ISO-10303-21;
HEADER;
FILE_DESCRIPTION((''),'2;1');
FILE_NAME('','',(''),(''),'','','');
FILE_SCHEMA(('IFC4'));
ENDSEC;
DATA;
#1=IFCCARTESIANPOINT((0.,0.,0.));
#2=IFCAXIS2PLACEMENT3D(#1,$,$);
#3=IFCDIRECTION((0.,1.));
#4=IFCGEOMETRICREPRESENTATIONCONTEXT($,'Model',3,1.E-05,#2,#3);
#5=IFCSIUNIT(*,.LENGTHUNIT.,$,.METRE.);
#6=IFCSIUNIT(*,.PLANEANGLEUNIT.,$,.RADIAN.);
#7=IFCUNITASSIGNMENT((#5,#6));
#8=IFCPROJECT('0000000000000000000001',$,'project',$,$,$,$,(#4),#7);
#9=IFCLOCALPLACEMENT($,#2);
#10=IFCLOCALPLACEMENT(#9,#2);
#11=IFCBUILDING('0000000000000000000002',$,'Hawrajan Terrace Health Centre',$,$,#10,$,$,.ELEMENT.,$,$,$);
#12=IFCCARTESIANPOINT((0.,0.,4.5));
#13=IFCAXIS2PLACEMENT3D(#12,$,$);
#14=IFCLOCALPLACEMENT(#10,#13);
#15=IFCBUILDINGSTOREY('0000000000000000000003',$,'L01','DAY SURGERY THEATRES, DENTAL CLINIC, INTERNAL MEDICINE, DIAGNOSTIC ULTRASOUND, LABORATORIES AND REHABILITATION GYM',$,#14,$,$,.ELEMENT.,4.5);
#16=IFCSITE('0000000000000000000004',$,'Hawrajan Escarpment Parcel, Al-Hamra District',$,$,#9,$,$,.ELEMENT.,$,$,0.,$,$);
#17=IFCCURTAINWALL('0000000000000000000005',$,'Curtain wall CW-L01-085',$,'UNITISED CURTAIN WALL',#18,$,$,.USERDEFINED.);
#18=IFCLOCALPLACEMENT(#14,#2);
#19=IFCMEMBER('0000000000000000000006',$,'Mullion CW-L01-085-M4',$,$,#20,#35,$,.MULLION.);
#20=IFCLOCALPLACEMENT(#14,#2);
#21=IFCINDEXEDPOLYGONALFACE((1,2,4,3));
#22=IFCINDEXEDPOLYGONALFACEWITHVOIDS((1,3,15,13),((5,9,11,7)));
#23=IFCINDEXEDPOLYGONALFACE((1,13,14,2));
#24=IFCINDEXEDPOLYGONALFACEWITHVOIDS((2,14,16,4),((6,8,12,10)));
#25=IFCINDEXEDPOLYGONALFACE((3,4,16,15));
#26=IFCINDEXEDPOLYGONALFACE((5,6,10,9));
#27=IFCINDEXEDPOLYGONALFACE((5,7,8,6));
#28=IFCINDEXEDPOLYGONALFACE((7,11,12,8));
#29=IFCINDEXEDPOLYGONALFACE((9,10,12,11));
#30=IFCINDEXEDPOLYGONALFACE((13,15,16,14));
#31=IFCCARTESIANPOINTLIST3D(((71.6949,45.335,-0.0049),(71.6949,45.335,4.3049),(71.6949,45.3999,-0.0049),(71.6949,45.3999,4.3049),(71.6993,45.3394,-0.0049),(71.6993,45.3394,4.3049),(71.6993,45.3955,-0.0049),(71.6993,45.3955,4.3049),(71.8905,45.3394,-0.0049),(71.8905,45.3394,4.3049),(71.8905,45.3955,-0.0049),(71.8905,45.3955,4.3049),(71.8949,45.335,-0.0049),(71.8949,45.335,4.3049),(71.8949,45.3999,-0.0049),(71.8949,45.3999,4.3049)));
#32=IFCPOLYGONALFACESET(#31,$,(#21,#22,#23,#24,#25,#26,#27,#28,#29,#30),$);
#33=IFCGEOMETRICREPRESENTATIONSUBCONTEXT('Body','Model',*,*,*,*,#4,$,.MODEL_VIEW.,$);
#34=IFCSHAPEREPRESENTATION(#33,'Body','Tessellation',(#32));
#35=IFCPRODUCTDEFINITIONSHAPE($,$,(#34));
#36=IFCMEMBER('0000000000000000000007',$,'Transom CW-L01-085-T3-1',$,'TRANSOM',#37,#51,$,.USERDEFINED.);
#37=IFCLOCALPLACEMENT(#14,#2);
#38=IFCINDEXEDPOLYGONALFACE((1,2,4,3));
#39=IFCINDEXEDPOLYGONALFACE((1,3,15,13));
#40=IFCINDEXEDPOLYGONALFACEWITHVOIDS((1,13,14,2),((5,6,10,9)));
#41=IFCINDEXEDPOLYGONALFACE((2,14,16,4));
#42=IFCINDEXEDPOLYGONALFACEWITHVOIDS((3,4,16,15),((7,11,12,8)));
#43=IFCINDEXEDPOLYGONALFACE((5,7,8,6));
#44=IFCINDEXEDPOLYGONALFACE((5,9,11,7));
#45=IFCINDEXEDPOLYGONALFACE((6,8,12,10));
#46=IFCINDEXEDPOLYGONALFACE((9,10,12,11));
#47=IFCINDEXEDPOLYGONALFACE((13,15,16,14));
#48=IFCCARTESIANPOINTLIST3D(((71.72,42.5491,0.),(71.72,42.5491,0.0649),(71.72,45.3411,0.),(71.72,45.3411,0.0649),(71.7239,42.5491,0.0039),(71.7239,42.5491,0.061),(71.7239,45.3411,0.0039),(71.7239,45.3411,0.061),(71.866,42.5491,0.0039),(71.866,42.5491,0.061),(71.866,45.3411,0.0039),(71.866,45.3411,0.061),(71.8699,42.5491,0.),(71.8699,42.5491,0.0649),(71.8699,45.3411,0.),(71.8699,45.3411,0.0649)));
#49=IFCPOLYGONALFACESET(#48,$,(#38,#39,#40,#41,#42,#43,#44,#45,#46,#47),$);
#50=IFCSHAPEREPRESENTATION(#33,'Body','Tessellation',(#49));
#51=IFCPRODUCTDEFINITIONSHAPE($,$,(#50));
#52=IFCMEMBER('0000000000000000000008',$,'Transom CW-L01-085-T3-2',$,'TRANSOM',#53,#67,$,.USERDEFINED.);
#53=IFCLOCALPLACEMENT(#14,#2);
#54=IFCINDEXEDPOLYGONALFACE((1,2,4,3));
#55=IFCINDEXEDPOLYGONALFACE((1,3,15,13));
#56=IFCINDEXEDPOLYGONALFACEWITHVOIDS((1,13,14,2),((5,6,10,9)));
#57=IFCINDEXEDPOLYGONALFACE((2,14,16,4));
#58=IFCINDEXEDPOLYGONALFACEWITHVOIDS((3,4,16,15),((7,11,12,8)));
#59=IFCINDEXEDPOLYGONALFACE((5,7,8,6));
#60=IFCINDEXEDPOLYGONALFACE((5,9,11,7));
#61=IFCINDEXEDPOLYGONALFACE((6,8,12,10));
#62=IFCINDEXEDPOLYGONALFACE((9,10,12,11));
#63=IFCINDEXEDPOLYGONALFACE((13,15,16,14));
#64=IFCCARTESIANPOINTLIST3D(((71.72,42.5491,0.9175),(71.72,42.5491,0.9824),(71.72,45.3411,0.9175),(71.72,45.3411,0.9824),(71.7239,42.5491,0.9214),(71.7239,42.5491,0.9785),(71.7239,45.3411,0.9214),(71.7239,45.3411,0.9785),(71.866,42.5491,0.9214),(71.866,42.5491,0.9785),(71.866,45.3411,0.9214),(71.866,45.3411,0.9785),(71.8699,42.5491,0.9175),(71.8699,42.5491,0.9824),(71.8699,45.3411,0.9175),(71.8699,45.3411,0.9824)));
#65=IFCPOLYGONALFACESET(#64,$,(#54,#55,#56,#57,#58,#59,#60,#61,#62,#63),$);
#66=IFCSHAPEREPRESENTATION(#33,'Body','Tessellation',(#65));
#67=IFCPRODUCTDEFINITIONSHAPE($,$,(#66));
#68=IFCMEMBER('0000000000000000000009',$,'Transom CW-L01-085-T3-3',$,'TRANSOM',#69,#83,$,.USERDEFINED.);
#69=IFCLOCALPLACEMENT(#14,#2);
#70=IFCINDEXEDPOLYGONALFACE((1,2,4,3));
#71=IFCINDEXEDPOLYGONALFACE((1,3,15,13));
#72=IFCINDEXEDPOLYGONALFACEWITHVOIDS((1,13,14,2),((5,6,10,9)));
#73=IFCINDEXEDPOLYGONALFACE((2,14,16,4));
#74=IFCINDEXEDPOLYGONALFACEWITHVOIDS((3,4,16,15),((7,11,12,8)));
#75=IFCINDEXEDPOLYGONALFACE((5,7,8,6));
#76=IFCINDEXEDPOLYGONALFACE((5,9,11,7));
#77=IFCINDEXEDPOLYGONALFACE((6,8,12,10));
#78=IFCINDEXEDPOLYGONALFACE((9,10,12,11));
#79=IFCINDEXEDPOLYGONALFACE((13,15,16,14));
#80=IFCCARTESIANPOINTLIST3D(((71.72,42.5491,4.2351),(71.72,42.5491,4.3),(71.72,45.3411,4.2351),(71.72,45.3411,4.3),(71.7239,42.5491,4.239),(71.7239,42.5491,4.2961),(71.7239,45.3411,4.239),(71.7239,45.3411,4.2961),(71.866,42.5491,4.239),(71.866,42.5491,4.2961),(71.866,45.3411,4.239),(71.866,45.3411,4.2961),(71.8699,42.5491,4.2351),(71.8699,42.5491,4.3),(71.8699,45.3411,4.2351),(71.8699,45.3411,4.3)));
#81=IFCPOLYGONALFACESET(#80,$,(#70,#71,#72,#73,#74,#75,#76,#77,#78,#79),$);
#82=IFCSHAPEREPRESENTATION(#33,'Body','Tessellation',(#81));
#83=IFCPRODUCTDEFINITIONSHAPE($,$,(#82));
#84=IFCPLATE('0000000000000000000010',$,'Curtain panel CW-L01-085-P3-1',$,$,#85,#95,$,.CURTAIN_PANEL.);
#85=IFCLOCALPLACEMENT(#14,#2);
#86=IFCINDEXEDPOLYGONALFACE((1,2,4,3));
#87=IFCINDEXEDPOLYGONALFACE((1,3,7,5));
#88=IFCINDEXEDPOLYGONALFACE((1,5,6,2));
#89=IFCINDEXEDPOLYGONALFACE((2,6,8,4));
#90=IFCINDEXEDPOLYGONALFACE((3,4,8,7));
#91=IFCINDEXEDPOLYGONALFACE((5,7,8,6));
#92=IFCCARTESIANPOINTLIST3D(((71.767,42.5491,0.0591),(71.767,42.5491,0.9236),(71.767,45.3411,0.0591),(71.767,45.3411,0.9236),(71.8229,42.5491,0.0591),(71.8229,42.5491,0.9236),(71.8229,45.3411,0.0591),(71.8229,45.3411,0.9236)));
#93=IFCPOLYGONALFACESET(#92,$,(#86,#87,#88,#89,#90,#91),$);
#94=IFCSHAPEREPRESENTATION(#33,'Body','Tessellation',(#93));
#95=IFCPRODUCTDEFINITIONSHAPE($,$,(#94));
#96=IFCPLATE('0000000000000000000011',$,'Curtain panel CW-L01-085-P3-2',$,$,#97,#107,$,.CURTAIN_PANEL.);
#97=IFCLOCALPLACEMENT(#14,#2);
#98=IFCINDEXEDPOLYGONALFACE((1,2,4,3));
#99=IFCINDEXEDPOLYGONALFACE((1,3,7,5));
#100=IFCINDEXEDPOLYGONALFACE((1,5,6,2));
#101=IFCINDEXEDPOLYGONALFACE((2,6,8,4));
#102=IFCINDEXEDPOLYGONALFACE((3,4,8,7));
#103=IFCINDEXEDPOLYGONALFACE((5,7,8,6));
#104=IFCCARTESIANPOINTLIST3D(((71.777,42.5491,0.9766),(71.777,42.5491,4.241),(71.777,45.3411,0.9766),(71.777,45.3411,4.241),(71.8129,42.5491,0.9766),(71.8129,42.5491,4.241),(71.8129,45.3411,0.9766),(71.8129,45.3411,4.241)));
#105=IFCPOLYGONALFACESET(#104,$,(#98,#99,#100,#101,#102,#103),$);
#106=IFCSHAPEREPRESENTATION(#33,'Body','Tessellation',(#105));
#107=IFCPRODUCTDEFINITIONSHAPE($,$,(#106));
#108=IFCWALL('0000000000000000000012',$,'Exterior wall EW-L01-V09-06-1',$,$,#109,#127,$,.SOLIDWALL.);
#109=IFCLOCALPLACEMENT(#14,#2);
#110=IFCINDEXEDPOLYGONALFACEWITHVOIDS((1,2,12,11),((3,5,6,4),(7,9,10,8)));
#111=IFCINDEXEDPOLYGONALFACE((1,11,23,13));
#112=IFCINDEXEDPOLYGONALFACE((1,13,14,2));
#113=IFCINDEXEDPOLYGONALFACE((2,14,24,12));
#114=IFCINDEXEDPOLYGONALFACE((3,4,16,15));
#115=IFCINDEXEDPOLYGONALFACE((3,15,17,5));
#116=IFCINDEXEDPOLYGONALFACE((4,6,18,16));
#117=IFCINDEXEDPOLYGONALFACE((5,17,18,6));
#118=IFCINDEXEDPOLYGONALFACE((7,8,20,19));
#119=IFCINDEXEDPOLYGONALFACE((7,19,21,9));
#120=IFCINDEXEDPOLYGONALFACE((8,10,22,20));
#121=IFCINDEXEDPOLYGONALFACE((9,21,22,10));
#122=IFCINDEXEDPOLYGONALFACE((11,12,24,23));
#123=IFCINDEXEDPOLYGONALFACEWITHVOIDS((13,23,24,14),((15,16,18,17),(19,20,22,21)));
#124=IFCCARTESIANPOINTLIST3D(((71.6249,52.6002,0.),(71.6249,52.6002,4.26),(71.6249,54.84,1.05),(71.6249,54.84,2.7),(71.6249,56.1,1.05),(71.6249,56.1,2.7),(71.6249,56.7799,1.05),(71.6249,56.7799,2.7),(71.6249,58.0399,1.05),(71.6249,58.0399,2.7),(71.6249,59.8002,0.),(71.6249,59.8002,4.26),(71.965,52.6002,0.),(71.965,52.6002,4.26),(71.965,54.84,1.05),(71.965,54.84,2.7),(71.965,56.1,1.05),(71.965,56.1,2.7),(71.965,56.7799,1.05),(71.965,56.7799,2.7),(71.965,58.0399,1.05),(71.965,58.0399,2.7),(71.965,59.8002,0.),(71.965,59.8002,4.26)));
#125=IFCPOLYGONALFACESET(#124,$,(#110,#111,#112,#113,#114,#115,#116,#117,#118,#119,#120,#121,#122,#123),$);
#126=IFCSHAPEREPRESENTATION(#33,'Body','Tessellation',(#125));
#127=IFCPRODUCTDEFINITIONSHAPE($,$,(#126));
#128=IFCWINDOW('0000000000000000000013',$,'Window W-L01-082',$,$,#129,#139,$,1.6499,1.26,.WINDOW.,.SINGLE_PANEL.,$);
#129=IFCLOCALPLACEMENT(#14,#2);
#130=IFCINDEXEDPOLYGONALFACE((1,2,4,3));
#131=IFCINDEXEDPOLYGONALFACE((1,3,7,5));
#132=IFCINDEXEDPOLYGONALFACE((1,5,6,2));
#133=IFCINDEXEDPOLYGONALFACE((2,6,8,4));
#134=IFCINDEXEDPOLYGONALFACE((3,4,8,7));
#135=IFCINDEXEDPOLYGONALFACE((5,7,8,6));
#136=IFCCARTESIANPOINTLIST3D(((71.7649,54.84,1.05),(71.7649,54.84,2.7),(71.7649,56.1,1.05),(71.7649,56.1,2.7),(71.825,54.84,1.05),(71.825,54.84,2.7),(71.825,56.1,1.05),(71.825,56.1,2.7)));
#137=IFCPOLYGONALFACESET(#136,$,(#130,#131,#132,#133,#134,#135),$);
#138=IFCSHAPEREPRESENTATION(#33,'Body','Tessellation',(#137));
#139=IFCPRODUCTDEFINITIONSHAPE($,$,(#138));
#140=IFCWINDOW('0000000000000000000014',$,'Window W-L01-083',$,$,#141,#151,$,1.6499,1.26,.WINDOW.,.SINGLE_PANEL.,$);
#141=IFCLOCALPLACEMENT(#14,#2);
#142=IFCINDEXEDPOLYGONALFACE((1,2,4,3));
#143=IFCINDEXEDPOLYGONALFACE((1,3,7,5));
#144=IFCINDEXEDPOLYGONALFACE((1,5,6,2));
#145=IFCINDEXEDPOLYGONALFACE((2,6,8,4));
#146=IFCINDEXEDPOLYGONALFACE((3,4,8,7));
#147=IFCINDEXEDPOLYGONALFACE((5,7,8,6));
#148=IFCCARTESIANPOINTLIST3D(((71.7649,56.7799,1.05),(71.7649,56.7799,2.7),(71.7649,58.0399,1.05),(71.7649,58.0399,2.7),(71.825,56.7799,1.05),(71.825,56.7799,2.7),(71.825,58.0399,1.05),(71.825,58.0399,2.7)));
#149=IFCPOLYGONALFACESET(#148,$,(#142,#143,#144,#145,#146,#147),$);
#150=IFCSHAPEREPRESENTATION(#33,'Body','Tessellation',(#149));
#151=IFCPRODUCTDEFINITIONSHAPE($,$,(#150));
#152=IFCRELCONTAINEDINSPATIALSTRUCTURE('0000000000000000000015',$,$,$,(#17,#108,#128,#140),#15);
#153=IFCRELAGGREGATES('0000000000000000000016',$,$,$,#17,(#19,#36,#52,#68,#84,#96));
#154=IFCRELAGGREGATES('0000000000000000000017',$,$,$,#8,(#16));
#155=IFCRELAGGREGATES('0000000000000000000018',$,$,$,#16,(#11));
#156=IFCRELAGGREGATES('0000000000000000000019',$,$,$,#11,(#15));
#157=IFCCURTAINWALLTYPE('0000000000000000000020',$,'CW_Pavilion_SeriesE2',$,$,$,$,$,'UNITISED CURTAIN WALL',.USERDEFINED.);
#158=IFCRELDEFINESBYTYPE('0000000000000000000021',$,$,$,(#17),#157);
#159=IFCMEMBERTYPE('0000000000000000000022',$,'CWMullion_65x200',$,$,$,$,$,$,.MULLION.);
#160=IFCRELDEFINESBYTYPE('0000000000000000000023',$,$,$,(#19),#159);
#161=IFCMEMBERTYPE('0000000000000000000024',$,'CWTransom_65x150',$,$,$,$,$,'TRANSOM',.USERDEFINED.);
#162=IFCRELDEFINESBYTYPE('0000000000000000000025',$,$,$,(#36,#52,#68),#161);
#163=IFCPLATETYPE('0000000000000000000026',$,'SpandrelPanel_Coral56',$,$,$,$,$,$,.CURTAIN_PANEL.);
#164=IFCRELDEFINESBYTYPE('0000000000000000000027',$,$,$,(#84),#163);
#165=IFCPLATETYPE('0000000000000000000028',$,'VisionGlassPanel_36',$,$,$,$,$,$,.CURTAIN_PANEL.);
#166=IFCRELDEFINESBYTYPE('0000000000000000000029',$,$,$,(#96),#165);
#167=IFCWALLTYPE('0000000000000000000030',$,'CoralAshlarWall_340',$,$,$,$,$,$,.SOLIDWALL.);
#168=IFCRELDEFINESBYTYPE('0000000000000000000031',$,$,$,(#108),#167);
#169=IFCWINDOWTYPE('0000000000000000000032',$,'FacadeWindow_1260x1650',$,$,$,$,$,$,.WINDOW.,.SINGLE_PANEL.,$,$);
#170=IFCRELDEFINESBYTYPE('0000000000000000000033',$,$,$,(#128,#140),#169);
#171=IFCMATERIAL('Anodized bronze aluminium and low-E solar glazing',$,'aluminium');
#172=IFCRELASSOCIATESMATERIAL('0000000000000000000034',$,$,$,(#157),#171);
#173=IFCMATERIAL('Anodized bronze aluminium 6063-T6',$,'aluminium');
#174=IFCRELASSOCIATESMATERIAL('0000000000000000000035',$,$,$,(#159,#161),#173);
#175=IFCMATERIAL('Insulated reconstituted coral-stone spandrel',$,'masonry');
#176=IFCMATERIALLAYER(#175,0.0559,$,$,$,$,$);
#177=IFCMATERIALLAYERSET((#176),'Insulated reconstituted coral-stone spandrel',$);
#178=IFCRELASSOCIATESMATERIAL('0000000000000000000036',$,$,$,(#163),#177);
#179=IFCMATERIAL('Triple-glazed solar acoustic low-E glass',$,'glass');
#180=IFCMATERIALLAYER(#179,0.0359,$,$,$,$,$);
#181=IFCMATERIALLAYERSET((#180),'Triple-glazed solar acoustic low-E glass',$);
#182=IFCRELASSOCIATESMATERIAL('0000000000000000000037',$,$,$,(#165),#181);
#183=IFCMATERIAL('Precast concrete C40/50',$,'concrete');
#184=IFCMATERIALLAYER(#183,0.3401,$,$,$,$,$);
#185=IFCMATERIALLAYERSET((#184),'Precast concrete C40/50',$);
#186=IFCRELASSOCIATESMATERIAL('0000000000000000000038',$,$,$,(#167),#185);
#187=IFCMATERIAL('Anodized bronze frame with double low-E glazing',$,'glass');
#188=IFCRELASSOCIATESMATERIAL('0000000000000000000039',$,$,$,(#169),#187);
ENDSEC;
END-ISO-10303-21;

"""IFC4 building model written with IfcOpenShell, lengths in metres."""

from ifc_helpers import new_model, si_unit, direction, frame, frame_2d, origin, origin_2d, place, context, subcontext, project, spatial, rectangle, hollow_rectangle, extrude, material, layer, layer_set, material_profile, profile_set, type_object, element, fill, aggregate, save


model = new_model("IFC4")

# Units and contexts
model_context = context("Model", 3, precision=1e-05, world=origin(), true_north=direction((0.0, 1.0)))
body_context = subcontext(model_context, "Body", "Model", "MODEL_VIEW")
ifc_project = project(units=[si_unit("LENGTHUNIT", "METRE"), si_unit("PLANEANGLEUNIT", "RADIAN")], contexts=[model_context])

# Site, building, storey
site_placement = place(None, origin())
site = spatial("IfcSite", under=ifc_project, at=site_placement, Name="Hawrajan Escarpment Parcel, Al-Hamra District", CompositionType="ELEMENT", RefElevation=0.0)
building_placement = place(site_placement, origin())
building = spatial("IfcBuilding", under=site, at=building_placement, Name="Hawrajan Terrace Health Centre", CompositionType="ELEMENT")
storey_placement = place(building_placement, frame((0.0, 0.0, 4.5)))
storey = spatial("IfcBuildingStorey", under=building, at=storey_placement, Name="L01", Description="DAY SURGERY THEATRES, DENTAL CLINIC, INTERNAL MEDICINE, DIAGNOSTIC ULTRASOUND, LABORATORIES AND REHABILITATION GYM", CompositionType="ELEMENT", Elevation=4.5)

# Curtain wall, members, plates
ifc_material_1 = material(Name="Anodized bronze aluminium and low-E solar glazing", Category="aluminium")
curtain_wall_type = type_object("IfcCurtainWallType", Name="CW_Pavilion_SeriesE2", ElementType="UNITISED CURTAIN WALL", PredefinedType="USERDEFINED", material=ifc_material_1)
curtain_wall_placement = place(storey_placement, origin())
curtain_wall = element("IfcCurtainWall", 1, at=curtain_wall_placement, inside=storey, type_object=curtain_wall_type, Name="Curtain wall CW-L01-085", ObjectType="UNITISED CURTAIN WALL", PredefinedType="USERDEFINED")
ifc_material_2 = material(Name="Anodized bronze aluminium 6063-T6", Category="aluminium")
ifc_material_profile_1 = material_profile(ifc_material_2, hollow_rectangle(XDim=0.0649, YDim=0.2, WallThickness=0.0044, at=origin_2d()), Name="CW MUL 65x200")
ifc_profile_set_1 = profile_set([ifc_material_profile_1], Name="Anodized bronze aluminium 6063-T6")
member_type_1 = type_object("IfcMemberType", Name="CWMullion_65x200", PredefinedType="MULLION", material=ifc_profile_set_1)
member_1_placement = place(storey_placement, frame((71.7949, 45.3674, -0.0049), z_axis=(0.0, 0.0, 1.0), x_axis=(0.0, 1.0, 0.0)))
member_1 = element("IfcMember", 2, at=member_1_placement, type_object=member_type_1, Name="Mullion CW-L01-085-M4", PredefinedType="MULLION", context=body_context, shape_type="SweptSolid", body=[
    extrude(hollow_rectangle(XDim=0.0649, YDim=0.2, WallThickness=0.0044, at=origin_2d()), origin(), (0.0, 0.0, 1.0), 4.3098),
])
ifc_material_profile_2 = material_profile(ifc_material_2, hollow_rectangle(XDim=0.0649, YDim=0.1499, WallThickness=0.0039, at=origin_2d()), Name="CW TRN 65x150")
ifc_profile_set_2 = profile_set([ifc_material_profile_2], Name="Anodized bronze aluminium 6063-T6")
member_type_2 = type_object("IfcMemberType", Name="CWTransom_65x150", ElementType="TRANSOM", PredefinedType="USERDEFINED", material=ifc_profile_set_2)
member_2_placement = place(storey_placement, frame((71.7949, 42.5491, 0.0325), z_axis=(0.0, 1.0, 0.0), x_axis=(0.0, 0.0, 1.0)))
member_2 = element("IfcMember", 3, at=member_2_placement, type_object=member_type_2, Name="Transom CW-L01-085-T3-1", ObjectType="TRANSOM", PredefinedType="USERDEFINED", context=body_context, shape_type="SweptSolid", body=[
    extrude(hollow_rectangle(XDim=0.0649, YDim=0.1499, WallThickness=0.0039, at=origin_2d()), origin(), (0.0, 0.0, 1.0), 2.792),
])
member_3_placement = place(storey_placement, frame((71.7949, 42.5491, 0.95), z_axis=(0.0, 1.0, 0.0), x_axis=(0.0, 0.0, 1.0)))
member_3 = element("IfcMember", 4, at=member_3_placement, type_object=member_type_2, Name="Transom CW-L01-085-T3-2", ObjectType="TRANSOM", PredefinedType="USERDEFINED", context=body_context, shape_type="SweptSolid", body=[
    extrude(hollow_rectangle(XDim=0.0649, YDim=0.1499, WallThickness=0.0039, at=origin_2d()), origin(), (0.0, 0.0, 1.0), 2.792),
])
member_4_placement = place(storey_placement, frame((71.7949, 42.5491, 4.2676), z_axis=(0.0, 1.0, 0.0), x_axis=(0.0, 0.0, 1.0)))
member_4 = element("IfcMember", 5, at=member_4_placement, type_object=member_type_2, Name="Transom CW-L01-085-T3-3", ObjectType="TRANSOM", PredefinedType="USERDEFINED", context=body_context, shape_type="SweptSolid", body=[
    extrude(hollow_rectangle(XDim=0.0649, YDim=0.1499, WallThickness=0.0039, at=origin_2d()), origin(), (0.0, 0.0, 1.0), 2.792),
])
ifc_material_3 = material(Name="Insulated reconstituted coral-stone spandrel", Category="masonry")
ifc_layer_1 = layer(ifc_material_3, 0.0559)
ifc_layer_set_1 = layer_set([ifc_layer_1], Name="Insulated reconstituted coral-stone spandrel")
plate_type_1 = type_object("IfcPlateType", Name="SpandrelPanel_Coral56", PredefinedType="CURTAIN_PANEL", material=ifc_layer_set_1)
plate_1_placement = place(storey_placement, frame((71.7949, 43.9451, 0.0591), z_axis=(0.0, 0.0, 1.0), x_axis=(0.0, 1.0, 0.0)))
plate_1 = element("IfcPlate", 6, at=plate_1_placement, type_object=plate_type_1, Name="Curtain panel CW-L01-085-P3-1", PredefinedType="CURTAIN_PANEL", context=body_context, shape_type="SweptSolid", body=[
    extrude(rectangle(XDim=2.792, YDim=0.0559, at=origin_2d()), origin(), (0.0, 0.0, 1.0), 0.8645),
])
ifc_material_4 = material(Name="Triple-glazed solar acoustic low-E glass", Category="glass")
ifc_layer_2 = layer(ifc_material_4, 0.0359)
ifc_layer_set_2 = layer_set([ifc_layer_2], Name="Triple-glazed solar acoustic low-E glass")
plate_type_2 = type_object("IfcPlateType", Name="VisionGlassPanel_36", PredefinedType="CURTAIN_PANEL", material=ifc_layer_set_2)
plate_2_placement = place(storey_placement, frame((71.7949, 43.9451, 0.9766), z_axis=(0.0, 0.0, 1.0), x_axis=(0.0, 1.0, 0.0)))
plate_2 = element("IfcPlate", 7, at=plate_2_placement, type_object=plate_type_2, Name="Curtain panel CW-L01-085-P3-2", PredefinedType="CURTAIN_PANEL", context=body_context, shape_type="SweptSolid", body=[
    extrude(rectangle(XDim=2.792, YDim=0.0359, at=origin_2d()), origin(), (0.0, 0.0, 1.0), 3.2644),
])
aggregate(curtain_wall, [member_1, member_2, member_3, member_4, plate_1, plate_2])

# Wall, openings, windows
ifc_material_5 = material(Name="Precast concrete C40/50", Category="concrete")
ifc_layer_3 = layer(ifc_material_5, 0.3401)
ifc_layer_set_3 = layer_set([ifc_layer_3], Name="Precast concrete C40/50")
wall_type_1 = type_object("IfcWallType", Name="CoralAshlarWall_340", PredefinedType="SOLIDWALL", material=ifc_layer_set_3)
wall_1_placement = place(storey_placement, frame((71.7949, 52.6001, 0.0), z_axis=(0.0, 0.0, 1.0), x_axis=(0.0, 1.0, 0.0)))
wall_1 = element("IfcWall", 8, at=wall_1_placement, inside=storey, type_object=wall_type_1, Name="Exterior wall EW-L01-V09-06-1", PredefinedType="SOLIDWALL", context=body_context, shape_type="SweptSolid", body=[
    extrude(rectangle(XDim=7.2, YDim=0.3401, at=frame_2d((3.6001, 0.0))), origin(), (0.0, 0.0, 1.0), 4.26),
])
opening_1_placement = place(wall_1_placement, frame((2.24, 0.0, 1.05)))
opening_1 = element("IfcOpeningElement", 9, at=opening_1_placement, cuts=wall_1, PredefinedType="OPENING", context=body_context, shape_type="SweptSolid", body=[
    extrude(rectangle(XDim=1.26, YDim=1.6499, at=frame_2d((0.6299, 0.825))), frame((0.0, 0.1799, 0.0), z_axis=(0.0, -1.0, 0.0), x_axis=(1.0, 0.0, 0.0)), (0.0, 0.0, 1.0), 0.3601),
])
opening_2_placement = place(wall_1_placement, frame((4.1799, 0.0, 1.05)))
opening_2 = element("IfcOpeningElement", 10, at=opening_2_placement, cuts=wall_1, PredefinedType="OPENING", context=body_context, shape_type="SweptSolid", body=[
    extrude(rectangle(XDim=1.26, YDim=1.6499, at=frame_2d((0.6299, 0.825))), frame((0.0, 0.1799, 0.0), z_axis=(0.0, -1.0, 0.0), x_axis=(1.0, 0.0, 0.0)), (0.0, 0.0, 1.0), 0.3601),
])
ifc_material_6 = material(Name="Anodized bronze frame with double low-E glazing", Category="glass")
window_type_1 = type_object("IfcWindowType", Name="FacadeWindow_1260x1650", PartitioningType="SINGLE_PANEL", PredefinedType="WINDOW", material=ifc_material_6)
window_1_placement = place(opening_1_placement, origin())
window_1 = element("IfcWindow", 11, at=window_1_placement, inside=storey, type_object=window_type_1, Name="Window W-L01-082", OverallHeight=1.6499, OverallWidth=1.26, PartitioningType="SINGLE_PANEL", PredefinedType="WINDOW", context=body_context, shape_type="SweptSolid", body=[
    extrude(rectangle(XDim=1.26, YDim=1.6499, at=frame_2d((0.6299, 0.825))), frame((0.0, 0.03, 0.0), z_axis=(0.0, -1.0, 0.0), x_axis=(1.0, 0.0, 0.0)), (0.0, 0.0, 1.0), 0.0601),
])
fill(opening_1, window_1)
window_2_placement = place(opening_2_placement, origin())
window_2 = element("IfcWindow", 12, at=window_2_placement, inside=storey, type_object=window_type_1, Name="Window W-L01-083", OverallHeight=1.6499, OverallWidth=1.26, PartitioningType="SINGLE_PANEL", PredefinedType="WINDOW", context=body_context, shape_type="SweptSolid", body=[
    extrude(rectangle(XDim=1.26, YDim=1.6499, at=frame_2d((0.6299, 0.825))), frame((0.0, 0.03, 0.0), z_axis=(0.0, -1.0, 0.0), x_axis=(1.0, 0.0, 0.0)), (0.0, 0.0, 1.0), 0.0601),
])
fill(opening_2, window_2)

save(model, "model.ifc")
